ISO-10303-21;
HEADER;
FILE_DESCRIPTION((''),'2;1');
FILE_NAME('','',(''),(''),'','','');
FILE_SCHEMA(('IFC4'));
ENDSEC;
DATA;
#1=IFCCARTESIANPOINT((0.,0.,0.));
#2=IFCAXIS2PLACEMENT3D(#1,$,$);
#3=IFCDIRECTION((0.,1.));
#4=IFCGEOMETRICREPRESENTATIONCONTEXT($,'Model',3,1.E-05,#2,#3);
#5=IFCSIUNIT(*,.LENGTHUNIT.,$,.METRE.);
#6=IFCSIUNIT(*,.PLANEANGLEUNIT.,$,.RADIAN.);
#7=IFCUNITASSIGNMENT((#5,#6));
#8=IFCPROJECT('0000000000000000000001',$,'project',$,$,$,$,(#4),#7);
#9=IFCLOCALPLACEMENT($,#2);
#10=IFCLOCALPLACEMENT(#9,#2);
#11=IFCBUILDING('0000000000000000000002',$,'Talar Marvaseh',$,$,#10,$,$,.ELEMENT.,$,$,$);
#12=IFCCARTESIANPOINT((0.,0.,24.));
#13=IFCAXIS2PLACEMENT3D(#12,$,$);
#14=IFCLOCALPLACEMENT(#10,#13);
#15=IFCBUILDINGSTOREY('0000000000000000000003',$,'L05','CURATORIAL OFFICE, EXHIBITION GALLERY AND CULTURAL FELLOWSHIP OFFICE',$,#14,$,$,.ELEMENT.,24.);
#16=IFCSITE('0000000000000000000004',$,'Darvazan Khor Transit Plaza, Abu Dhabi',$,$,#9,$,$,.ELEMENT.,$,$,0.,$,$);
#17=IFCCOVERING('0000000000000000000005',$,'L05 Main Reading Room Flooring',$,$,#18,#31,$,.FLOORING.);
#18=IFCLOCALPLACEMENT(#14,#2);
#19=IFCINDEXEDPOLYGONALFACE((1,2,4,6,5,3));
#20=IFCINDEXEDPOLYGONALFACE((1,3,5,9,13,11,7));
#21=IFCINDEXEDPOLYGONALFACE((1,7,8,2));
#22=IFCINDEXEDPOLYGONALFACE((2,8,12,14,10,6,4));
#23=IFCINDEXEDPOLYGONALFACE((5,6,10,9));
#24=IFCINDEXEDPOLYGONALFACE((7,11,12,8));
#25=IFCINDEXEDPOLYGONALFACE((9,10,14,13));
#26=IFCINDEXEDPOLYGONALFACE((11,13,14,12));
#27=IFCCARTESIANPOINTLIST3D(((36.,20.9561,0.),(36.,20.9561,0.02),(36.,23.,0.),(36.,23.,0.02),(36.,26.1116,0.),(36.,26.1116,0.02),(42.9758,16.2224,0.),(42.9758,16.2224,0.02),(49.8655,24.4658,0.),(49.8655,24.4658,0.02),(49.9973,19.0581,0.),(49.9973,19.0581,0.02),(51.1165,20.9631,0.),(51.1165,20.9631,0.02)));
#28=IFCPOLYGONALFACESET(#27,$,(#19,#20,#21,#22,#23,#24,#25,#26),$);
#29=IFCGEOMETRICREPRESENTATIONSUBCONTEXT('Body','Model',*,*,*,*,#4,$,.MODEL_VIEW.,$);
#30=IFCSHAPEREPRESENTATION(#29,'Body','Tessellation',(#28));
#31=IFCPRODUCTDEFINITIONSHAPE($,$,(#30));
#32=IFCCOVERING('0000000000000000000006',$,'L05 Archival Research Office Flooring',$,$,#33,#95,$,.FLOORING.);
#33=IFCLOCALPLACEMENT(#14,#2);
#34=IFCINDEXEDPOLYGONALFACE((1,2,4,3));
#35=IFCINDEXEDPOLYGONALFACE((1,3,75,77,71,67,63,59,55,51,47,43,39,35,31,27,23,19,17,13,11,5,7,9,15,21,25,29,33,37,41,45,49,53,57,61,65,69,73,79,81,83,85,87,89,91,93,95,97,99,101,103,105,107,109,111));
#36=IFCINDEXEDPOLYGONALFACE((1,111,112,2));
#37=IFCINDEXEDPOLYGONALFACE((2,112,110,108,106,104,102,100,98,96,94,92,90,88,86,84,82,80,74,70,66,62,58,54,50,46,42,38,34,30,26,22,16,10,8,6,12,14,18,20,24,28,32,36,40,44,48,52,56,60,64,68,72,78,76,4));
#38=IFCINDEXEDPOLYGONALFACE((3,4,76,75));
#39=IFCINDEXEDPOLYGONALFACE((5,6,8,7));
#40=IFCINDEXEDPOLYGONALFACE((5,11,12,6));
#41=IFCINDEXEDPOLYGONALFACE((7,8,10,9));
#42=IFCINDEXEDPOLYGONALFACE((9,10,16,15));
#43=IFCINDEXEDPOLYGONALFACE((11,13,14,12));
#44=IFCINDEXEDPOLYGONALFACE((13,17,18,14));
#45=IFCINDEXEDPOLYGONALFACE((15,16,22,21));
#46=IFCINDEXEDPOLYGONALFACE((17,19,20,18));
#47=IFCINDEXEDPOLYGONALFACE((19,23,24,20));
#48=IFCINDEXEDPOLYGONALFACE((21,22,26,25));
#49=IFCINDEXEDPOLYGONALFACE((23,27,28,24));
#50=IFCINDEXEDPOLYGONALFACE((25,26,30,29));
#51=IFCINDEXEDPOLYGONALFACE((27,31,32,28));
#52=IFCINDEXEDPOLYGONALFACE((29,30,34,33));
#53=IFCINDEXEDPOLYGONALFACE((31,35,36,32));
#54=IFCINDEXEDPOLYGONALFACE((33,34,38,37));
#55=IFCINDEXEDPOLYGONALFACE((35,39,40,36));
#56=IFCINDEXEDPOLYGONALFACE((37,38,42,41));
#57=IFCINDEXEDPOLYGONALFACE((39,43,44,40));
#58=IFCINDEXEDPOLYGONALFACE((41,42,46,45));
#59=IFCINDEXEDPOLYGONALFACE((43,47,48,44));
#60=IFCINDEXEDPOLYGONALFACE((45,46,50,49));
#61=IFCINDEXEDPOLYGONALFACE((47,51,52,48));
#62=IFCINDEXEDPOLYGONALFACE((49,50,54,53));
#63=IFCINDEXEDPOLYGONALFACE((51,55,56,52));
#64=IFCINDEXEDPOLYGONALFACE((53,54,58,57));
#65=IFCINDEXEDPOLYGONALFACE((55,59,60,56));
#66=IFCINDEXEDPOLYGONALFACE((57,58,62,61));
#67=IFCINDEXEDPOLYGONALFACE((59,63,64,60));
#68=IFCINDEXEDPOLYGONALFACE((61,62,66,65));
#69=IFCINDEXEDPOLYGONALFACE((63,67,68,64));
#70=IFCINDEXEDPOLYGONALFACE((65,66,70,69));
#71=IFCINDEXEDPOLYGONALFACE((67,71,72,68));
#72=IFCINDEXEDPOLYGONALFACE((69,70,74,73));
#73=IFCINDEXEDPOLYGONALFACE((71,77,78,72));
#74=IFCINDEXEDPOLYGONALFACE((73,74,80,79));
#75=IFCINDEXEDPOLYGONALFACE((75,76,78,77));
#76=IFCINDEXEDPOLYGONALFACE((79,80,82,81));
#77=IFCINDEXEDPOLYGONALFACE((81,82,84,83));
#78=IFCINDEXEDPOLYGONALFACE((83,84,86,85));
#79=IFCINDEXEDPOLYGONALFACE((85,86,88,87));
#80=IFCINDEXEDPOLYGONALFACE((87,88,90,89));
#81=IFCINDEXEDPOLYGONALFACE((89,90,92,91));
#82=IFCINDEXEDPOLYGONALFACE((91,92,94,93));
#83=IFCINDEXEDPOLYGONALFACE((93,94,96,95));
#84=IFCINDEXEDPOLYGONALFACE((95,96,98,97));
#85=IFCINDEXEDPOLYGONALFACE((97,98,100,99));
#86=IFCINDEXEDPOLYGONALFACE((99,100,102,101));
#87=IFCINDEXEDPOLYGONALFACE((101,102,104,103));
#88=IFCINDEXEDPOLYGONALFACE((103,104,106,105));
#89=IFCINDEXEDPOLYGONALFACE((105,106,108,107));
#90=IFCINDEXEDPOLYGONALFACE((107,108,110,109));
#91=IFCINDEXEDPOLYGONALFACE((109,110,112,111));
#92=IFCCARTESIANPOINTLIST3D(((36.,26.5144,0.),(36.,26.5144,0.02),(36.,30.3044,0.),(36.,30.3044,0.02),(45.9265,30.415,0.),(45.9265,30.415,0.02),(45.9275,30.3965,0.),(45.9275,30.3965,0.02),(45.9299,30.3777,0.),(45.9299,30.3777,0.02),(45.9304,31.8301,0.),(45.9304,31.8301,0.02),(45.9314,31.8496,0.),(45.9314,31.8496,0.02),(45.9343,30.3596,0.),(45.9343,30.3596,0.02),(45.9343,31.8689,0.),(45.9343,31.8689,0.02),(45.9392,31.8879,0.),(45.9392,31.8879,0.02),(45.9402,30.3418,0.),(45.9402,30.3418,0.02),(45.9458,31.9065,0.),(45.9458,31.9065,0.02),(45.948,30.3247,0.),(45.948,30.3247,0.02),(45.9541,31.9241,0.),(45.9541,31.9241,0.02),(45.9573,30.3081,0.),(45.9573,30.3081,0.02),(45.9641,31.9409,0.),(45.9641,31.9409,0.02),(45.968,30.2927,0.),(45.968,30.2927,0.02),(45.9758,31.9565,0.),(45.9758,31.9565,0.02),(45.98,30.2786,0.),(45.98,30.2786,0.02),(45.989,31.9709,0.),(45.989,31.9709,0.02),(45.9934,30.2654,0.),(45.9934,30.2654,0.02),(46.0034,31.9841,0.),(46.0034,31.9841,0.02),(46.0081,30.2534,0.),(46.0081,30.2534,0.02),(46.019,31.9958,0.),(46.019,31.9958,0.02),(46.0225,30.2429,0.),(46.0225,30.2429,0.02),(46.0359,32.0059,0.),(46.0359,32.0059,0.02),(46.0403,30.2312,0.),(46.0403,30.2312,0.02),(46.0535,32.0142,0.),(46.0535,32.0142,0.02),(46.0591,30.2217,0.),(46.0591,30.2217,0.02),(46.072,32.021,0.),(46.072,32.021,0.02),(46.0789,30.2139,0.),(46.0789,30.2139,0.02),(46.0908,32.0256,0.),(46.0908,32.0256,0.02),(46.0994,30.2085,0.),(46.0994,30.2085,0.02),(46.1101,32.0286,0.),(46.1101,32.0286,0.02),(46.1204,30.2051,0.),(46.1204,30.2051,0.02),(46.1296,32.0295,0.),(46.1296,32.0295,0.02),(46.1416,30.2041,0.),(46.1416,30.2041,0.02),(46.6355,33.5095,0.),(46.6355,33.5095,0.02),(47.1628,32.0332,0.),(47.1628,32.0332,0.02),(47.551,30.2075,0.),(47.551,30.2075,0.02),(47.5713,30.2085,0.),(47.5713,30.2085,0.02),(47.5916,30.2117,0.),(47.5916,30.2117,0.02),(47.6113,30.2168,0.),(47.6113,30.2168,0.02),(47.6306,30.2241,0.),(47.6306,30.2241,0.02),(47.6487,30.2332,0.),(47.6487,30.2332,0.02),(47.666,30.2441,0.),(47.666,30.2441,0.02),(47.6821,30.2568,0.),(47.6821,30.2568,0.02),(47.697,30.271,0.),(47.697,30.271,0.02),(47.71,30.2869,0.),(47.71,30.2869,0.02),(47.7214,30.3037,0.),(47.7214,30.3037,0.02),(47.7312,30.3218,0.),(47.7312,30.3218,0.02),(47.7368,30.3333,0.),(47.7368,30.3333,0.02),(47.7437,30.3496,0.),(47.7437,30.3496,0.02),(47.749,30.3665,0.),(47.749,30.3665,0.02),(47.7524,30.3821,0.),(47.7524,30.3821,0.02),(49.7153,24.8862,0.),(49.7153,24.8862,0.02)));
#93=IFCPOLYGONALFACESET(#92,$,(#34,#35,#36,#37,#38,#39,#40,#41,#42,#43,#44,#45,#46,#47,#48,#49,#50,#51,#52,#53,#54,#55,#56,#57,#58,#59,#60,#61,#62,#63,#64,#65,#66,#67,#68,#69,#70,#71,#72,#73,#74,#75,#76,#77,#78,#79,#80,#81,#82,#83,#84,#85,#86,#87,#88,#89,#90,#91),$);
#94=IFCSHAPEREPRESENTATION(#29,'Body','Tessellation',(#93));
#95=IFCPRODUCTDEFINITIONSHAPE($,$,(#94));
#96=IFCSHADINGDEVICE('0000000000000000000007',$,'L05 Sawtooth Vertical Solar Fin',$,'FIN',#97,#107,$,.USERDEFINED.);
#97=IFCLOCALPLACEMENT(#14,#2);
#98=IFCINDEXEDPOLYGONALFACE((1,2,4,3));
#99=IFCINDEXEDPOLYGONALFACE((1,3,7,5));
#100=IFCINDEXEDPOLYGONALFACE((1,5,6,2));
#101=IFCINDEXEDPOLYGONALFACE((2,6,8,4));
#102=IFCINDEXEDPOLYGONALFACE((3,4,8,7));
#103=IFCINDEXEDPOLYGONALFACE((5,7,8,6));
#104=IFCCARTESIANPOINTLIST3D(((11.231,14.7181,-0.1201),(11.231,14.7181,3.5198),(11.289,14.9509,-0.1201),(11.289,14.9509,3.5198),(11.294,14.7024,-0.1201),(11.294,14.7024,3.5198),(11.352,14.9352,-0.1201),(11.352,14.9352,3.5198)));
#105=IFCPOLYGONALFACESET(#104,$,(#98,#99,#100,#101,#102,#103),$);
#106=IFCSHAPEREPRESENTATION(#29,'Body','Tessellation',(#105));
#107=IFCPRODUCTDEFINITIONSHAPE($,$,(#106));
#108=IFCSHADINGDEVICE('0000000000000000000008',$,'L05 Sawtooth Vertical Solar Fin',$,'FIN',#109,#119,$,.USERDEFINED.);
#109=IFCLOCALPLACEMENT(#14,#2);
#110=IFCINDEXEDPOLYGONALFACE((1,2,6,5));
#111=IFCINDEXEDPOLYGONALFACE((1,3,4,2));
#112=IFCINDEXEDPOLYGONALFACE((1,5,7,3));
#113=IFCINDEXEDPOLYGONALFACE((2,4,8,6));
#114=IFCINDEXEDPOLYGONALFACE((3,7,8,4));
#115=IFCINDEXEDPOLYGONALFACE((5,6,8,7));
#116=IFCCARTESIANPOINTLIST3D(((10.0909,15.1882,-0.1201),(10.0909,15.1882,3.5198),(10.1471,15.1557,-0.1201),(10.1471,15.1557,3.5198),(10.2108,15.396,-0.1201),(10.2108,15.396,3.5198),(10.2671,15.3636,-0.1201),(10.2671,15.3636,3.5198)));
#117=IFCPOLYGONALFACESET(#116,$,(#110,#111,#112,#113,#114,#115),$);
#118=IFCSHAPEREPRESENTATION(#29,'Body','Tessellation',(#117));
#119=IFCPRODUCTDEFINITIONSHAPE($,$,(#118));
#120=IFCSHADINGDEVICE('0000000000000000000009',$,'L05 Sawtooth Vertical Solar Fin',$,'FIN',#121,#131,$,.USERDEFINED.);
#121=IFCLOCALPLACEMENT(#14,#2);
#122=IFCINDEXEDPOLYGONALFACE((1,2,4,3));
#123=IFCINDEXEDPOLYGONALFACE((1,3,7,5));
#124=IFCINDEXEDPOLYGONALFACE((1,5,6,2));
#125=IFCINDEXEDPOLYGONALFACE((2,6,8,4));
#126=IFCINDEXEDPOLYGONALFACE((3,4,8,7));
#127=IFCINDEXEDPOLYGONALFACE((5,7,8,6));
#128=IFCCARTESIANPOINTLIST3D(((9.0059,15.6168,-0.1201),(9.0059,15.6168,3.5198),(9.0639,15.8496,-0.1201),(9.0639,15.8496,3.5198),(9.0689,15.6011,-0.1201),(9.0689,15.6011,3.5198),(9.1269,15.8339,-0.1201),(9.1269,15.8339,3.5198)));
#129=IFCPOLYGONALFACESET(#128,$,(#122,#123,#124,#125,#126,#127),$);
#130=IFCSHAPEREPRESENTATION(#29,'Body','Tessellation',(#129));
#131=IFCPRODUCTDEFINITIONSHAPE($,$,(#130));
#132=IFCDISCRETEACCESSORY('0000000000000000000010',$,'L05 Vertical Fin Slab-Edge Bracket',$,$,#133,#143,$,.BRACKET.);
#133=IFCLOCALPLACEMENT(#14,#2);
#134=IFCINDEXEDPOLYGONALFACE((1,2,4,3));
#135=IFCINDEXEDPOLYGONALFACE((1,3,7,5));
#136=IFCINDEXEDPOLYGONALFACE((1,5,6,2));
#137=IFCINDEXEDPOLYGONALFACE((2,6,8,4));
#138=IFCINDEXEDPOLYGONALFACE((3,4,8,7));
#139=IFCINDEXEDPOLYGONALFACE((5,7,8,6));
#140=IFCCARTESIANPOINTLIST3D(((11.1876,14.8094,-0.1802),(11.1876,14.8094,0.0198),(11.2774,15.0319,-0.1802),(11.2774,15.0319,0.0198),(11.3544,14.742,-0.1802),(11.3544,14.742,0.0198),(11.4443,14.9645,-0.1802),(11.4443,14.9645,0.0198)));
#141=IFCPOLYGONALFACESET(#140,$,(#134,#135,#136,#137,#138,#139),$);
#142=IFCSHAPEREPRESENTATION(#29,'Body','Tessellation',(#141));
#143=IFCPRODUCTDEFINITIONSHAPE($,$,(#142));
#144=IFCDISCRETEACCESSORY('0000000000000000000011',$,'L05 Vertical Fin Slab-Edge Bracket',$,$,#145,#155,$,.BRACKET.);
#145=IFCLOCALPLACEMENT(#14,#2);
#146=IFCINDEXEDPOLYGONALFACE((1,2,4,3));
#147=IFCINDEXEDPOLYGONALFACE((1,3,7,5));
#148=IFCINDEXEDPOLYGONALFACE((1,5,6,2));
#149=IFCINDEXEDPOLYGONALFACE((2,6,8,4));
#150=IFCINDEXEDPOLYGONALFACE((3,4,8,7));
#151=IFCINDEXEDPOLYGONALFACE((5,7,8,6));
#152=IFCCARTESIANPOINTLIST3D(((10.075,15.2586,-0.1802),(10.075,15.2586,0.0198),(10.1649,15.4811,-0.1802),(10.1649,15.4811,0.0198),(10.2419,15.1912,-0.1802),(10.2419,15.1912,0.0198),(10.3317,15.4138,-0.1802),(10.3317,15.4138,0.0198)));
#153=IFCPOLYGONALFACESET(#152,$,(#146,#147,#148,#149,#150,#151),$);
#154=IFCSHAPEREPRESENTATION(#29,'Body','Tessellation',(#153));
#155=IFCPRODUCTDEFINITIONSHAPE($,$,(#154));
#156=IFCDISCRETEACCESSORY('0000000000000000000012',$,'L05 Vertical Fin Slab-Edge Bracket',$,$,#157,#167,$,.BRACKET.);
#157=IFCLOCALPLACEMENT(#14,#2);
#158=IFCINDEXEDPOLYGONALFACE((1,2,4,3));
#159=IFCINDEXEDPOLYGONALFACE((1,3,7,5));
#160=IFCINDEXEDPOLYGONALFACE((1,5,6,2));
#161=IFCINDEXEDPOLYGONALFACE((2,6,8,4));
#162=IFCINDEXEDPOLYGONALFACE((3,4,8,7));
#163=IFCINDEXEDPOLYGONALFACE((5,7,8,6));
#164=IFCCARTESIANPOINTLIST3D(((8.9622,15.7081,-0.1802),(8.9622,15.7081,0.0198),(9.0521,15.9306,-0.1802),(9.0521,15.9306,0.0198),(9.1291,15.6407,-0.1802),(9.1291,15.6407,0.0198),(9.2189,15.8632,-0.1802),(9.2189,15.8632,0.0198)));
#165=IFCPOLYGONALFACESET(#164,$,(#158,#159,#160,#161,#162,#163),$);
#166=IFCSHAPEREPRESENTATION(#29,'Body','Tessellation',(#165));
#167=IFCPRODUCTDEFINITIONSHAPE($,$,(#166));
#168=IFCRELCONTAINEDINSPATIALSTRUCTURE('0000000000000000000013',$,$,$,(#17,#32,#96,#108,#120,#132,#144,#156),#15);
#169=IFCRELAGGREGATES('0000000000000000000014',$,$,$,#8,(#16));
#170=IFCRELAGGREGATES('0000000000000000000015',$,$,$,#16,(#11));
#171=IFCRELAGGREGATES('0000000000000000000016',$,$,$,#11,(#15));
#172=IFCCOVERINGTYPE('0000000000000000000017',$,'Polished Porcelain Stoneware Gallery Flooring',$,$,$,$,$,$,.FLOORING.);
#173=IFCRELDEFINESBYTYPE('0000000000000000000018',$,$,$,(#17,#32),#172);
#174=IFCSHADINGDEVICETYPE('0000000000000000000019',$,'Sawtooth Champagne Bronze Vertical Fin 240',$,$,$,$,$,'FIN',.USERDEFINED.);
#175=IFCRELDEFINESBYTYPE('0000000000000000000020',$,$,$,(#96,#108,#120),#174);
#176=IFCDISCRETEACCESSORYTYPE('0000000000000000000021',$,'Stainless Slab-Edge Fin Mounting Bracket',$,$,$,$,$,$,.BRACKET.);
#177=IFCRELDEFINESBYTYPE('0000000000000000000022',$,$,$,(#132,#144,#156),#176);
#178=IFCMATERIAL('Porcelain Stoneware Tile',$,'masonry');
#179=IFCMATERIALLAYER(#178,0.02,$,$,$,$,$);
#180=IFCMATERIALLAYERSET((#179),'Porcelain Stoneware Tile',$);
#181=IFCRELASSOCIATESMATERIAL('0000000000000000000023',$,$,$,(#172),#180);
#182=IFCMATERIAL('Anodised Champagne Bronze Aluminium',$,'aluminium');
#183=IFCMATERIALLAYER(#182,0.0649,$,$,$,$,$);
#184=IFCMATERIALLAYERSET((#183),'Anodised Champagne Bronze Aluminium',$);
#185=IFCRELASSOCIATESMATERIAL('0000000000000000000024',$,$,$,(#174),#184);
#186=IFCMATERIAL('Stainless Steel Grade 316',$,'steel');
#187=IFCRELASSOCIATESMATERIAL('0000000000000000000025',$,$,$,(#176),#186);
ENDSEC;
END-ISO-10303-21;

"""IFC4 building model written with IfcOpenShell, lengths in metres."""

from ifc_helpers import new_model, si_unit, direction, frame, origin, origin_2d, place, context, subcontext, project, spatial, polyline, rectangle, outline, extrude, source, transform, mapped, material, layer, layer_set, type_object, type_shapes, element, save


model = new_model("IFC4")

# Units and contexts
model_context = context("Model", 3, precision=1e-05, world=origin(), true_north=direction((0.0, 1.0)))
body_context = subcontext(model_context, "Body", "Model", "MODEL_VIEW")
ifc_project = project(units=[si_unit("LENGTHUNIT", "METRE"), si_unit("PLANEANGLEUNIT", "RADIAN")], contexts=[model_context])

# Site, building, storey
site_placement = place(None, origin())
site = spatial("IfcSite", under=ifc_project, at=site_placement, Name="Darvazan Khor Transit Plaza, Abu Dhabi", CompositionType="ELEMENT", RefElevation=0.0)
building_placement = place(site_placement, origin())
building = spatial("IfcBuilding", under=site, at=building_placement, Name="Talar Marvaseh", CompositionType="ELEMENT")
storey_placement = place(building_placement, frame((0.0, 0.0, 24.0)))
storey = spatial("IfcBuildingStorey", under=building, at=storey_placement, Name="L05", Description="CURATORIAL OFFICE, EXHIBITION GALLERY AND CULTURAL FELLOWSHIP OFFICE", CompositionType="ELEMENT", Elevation=24.0)

# Coverings
ifc_material_1 = material(Name="Porcelain Stoneware Tile", Category="masonry")
ifc_layer_1 = layer(ifc_material_1, 0.02)
ifc_layer_set_1 = layer_set([ifc_layer_1], Name="Porcelain Stoneware Tile")
covering_type_1 = type_object("IfcCoveringType", Name="Polished Porcelain Stoneware Gallery Flooring", PredefinedType="FLOORING", material=ifc_layer_set_1)
covering_1_placement = place(storey_placement, origin())
element("IfcCovering", 1, at=covering_1_placement, inside=storey, type_object=covering_type_1, Name="L05 Main Reading Room Flooring", PredefinedType="FLOORING", context=body_context, shape_type="SweptSolid", body=[
    extrude(outline(polyline([(36.0, 20.9561), (36.0, 23.0), (36.0, 26.1116), (49.8655, 24.4658), (51.1165, 20.9631), (49.9973, 19.0581), (42.9758, 16.2224), (36.0, 20.9561)])), origin(), (0.0, 0.0, 1.0), 0.02),
])
covering_2_placement = place(storey_placement, origin())
element("IfcCovering", 2, at=covering_2_placement, inside=storey, type_object=covering_type_1, Name="L05 Archival Research Office Flooring", PredefinedType="FLOORING", context=body_context, shape_type="SweptSolid", body=[
    extrude(outline(polyline([(46.0908, 32.0256), (46.072, 32.021), (46.0535, 32.0142), (46.0359, 32.0059), (46.019, 31.9958), (46.0034, 31.9841), (45.989, 31.9709), (45.9758, 31.9565), (45.9641, 31.9409), (45.9541, 31.9241), (45.9458, 31.9065), (45.9392, 31.8879), (45.9343, 31.8689), (45.9314, 31.8496), (45.9304, 31.8301), (45.9265, 30.415), (45.9275, 30.3965), (45.9299, 30.3777), (45.9343, 30.3596), (45.9402, 30.3418), (45.948, 30.3247), (45.9573, 30.3081), (45.968, 30.2927), (45.98, 30.2786), (45.9934, 30.2654), (46.0081, 30.2534), (46.0225, 30.2429), (46.0403, 30.2312), (46.0591, 30.2217), (46.0789, 30.2139), (46.0994, 30.2085), (46.1204, 30.2051), (46.1416, 30.2041), (47.551, 30.2075), (47.5713, 30.2085), (47.5916, 30.2117), (47.6113, 30.2168), (47.6306, 30.2241), (47.6487, 30.2332), (47.666, 30.2441), (47.6821, 30.2568), (47.697, 30.271), (47.71, 30.2869), (47.7214, 30.3037), (47.7312, 30.3218), (47.7368, 30.3333), (47.7437, 30.3496), (47.749, 30.3665), (47.7524, 30.3821), (49.7153, 24.8862), (36.0, 26.5144), (36.0, 30.3044), (46.6355, 33.5095), (47.1628, 32.0332), (46.1296, 32.0295), (46.1101, 32.0286), (46.0908, 32.0256)])), origin(), (0.0, 0.0, 1.0), 0.02),
])

# Shading devices
ifc_material_2 = material(Name="Anodised Champagne Bronze Aluminium", Category="aluminium")
ifc_layer_2 = layer(ifc_material_2, 0.0649)
ifc_layer_set_2 = layer_set([ifc_layer_2], Name="Anodised Champagne Bronze Aluminium")
shading_device_type = type_object("IfcShadingDeviceType", Name="Sawtooth Champagne Bronze Vertical Fin 240", ElementType="FIN", PredefinedType="USERDEFINED", material=ifc_layer_set_2)
shared_shape_1 = source(origin(), body_context, "Body", "SweptSolid", [
    extrude(rectangle(XDim=0.24, YDim=0.0649, at=origin_2d()), origin(), (0.0, 0.0, 1.0), 3.6399),
])
type_shapes(shading_device_type, [shared_shape_1])
for number, where, z_axis, x_axis, name in (
    (3, (11.2915, 14.8267, -0.1201), (0.0, 0.0, 1.0), (-0.241753, -0.970338, 0.0), "L05 Sawtooth Vertical Solar Fin"),
    (4, (10.179, 15.2759, -0.1201), (0.0, 0.0, 1.0), (-0.499849, -0.866113, 0.0), "L05 Sawtooth Vertical Solar Fin"),
    (5, (9.0664, 15.7253, -0.1201), (0.0, 0.0, 1.0), (-0.241753, -0.970338, 0.0), "L05 Sawtooth Vertical Solar Fin"),
):
    element("IfcShadingDevice", number, at=place(storey_placement, frame(where, z_axis=z_axis, x_axis=x_axis)), inside=storey, type_object=shading_device_type, Name=name, ObjectType="FIN", PredefinedType="USERDEFINED", context=body_context, shape_type="MappedRepresentation", body=[
        mapped(shared_shape_1, transform((0.0, 0.0, 0.0), x_axis=(1.0, 0.0, 0.0), y_axis=(0.0, 1.0, 0.0), z_axis=(0.0, 0.0, 1.0), scale=1.0)),
    ])

# Discrete accessories
ifc_material_3 = material(Name="Stainless Steel Grade 316", Category="steel")
discrete_accessory_type = type_object("IfcDiscreteAccessoryType", Name="Stainless Slab-Edge Fin Mounting Bracket", PredefinedType="BRACKET", material=ifc_material_3)
shared_shape_2 = source(origin(), body_context, "Body", "SweptSolid", [
    extrude(rectangle(XDim=0.24, YDim=0.1799, at=origin_2d()), origin(), (0.0, 0.0, 1.0), 0.2),
])
type_shapes(discrete_accessory_type, [shared_shape_2])
for number, where, z_axis, x_axis, name in (
    (6, (11.3159, 14.887, -0.1802), (0.0, 0.0, 1.0), (-0.374445, -0.927249, 0.0), "L05 Vertical Fin Slab-Edge Bracket"),
    (7, (10.2034, 15.3362, -0.1802), (0.0, 0.0, 1.0), (-0.374445, -0.927249, 0.0), "L05 Vertical Fin Slab-Edge Bracket"),
    (8, (9.0906, 15.7856, -0.1802), (0.0, 0.0, 1.0), (-0.374445, -0.927249, 0.0), "L05 Vertical Fin Slab-Edge Bracket"),
):
    element("IfcDiscreteAccessory", number, at=place(storey_placement, frame(where, z_axis=z_axis, x_axis=x_axis)), inside=storey, type_object=discrete_accessory_type, Name=name, PredefinedType="BRACKET", context=body_context, shape_type="MappedRepresentation", body=[
        mapped(shared_shape_2, transform((0.0, 0.0, 0.0), x_axis=(1.0, 0.0, 0.0), y_axis=(0.0, 1.0, 0.0), z_axis=(0.0, 0.0, 1.0), scale=1.0)),
    ])

save(model, "model.ifc")
